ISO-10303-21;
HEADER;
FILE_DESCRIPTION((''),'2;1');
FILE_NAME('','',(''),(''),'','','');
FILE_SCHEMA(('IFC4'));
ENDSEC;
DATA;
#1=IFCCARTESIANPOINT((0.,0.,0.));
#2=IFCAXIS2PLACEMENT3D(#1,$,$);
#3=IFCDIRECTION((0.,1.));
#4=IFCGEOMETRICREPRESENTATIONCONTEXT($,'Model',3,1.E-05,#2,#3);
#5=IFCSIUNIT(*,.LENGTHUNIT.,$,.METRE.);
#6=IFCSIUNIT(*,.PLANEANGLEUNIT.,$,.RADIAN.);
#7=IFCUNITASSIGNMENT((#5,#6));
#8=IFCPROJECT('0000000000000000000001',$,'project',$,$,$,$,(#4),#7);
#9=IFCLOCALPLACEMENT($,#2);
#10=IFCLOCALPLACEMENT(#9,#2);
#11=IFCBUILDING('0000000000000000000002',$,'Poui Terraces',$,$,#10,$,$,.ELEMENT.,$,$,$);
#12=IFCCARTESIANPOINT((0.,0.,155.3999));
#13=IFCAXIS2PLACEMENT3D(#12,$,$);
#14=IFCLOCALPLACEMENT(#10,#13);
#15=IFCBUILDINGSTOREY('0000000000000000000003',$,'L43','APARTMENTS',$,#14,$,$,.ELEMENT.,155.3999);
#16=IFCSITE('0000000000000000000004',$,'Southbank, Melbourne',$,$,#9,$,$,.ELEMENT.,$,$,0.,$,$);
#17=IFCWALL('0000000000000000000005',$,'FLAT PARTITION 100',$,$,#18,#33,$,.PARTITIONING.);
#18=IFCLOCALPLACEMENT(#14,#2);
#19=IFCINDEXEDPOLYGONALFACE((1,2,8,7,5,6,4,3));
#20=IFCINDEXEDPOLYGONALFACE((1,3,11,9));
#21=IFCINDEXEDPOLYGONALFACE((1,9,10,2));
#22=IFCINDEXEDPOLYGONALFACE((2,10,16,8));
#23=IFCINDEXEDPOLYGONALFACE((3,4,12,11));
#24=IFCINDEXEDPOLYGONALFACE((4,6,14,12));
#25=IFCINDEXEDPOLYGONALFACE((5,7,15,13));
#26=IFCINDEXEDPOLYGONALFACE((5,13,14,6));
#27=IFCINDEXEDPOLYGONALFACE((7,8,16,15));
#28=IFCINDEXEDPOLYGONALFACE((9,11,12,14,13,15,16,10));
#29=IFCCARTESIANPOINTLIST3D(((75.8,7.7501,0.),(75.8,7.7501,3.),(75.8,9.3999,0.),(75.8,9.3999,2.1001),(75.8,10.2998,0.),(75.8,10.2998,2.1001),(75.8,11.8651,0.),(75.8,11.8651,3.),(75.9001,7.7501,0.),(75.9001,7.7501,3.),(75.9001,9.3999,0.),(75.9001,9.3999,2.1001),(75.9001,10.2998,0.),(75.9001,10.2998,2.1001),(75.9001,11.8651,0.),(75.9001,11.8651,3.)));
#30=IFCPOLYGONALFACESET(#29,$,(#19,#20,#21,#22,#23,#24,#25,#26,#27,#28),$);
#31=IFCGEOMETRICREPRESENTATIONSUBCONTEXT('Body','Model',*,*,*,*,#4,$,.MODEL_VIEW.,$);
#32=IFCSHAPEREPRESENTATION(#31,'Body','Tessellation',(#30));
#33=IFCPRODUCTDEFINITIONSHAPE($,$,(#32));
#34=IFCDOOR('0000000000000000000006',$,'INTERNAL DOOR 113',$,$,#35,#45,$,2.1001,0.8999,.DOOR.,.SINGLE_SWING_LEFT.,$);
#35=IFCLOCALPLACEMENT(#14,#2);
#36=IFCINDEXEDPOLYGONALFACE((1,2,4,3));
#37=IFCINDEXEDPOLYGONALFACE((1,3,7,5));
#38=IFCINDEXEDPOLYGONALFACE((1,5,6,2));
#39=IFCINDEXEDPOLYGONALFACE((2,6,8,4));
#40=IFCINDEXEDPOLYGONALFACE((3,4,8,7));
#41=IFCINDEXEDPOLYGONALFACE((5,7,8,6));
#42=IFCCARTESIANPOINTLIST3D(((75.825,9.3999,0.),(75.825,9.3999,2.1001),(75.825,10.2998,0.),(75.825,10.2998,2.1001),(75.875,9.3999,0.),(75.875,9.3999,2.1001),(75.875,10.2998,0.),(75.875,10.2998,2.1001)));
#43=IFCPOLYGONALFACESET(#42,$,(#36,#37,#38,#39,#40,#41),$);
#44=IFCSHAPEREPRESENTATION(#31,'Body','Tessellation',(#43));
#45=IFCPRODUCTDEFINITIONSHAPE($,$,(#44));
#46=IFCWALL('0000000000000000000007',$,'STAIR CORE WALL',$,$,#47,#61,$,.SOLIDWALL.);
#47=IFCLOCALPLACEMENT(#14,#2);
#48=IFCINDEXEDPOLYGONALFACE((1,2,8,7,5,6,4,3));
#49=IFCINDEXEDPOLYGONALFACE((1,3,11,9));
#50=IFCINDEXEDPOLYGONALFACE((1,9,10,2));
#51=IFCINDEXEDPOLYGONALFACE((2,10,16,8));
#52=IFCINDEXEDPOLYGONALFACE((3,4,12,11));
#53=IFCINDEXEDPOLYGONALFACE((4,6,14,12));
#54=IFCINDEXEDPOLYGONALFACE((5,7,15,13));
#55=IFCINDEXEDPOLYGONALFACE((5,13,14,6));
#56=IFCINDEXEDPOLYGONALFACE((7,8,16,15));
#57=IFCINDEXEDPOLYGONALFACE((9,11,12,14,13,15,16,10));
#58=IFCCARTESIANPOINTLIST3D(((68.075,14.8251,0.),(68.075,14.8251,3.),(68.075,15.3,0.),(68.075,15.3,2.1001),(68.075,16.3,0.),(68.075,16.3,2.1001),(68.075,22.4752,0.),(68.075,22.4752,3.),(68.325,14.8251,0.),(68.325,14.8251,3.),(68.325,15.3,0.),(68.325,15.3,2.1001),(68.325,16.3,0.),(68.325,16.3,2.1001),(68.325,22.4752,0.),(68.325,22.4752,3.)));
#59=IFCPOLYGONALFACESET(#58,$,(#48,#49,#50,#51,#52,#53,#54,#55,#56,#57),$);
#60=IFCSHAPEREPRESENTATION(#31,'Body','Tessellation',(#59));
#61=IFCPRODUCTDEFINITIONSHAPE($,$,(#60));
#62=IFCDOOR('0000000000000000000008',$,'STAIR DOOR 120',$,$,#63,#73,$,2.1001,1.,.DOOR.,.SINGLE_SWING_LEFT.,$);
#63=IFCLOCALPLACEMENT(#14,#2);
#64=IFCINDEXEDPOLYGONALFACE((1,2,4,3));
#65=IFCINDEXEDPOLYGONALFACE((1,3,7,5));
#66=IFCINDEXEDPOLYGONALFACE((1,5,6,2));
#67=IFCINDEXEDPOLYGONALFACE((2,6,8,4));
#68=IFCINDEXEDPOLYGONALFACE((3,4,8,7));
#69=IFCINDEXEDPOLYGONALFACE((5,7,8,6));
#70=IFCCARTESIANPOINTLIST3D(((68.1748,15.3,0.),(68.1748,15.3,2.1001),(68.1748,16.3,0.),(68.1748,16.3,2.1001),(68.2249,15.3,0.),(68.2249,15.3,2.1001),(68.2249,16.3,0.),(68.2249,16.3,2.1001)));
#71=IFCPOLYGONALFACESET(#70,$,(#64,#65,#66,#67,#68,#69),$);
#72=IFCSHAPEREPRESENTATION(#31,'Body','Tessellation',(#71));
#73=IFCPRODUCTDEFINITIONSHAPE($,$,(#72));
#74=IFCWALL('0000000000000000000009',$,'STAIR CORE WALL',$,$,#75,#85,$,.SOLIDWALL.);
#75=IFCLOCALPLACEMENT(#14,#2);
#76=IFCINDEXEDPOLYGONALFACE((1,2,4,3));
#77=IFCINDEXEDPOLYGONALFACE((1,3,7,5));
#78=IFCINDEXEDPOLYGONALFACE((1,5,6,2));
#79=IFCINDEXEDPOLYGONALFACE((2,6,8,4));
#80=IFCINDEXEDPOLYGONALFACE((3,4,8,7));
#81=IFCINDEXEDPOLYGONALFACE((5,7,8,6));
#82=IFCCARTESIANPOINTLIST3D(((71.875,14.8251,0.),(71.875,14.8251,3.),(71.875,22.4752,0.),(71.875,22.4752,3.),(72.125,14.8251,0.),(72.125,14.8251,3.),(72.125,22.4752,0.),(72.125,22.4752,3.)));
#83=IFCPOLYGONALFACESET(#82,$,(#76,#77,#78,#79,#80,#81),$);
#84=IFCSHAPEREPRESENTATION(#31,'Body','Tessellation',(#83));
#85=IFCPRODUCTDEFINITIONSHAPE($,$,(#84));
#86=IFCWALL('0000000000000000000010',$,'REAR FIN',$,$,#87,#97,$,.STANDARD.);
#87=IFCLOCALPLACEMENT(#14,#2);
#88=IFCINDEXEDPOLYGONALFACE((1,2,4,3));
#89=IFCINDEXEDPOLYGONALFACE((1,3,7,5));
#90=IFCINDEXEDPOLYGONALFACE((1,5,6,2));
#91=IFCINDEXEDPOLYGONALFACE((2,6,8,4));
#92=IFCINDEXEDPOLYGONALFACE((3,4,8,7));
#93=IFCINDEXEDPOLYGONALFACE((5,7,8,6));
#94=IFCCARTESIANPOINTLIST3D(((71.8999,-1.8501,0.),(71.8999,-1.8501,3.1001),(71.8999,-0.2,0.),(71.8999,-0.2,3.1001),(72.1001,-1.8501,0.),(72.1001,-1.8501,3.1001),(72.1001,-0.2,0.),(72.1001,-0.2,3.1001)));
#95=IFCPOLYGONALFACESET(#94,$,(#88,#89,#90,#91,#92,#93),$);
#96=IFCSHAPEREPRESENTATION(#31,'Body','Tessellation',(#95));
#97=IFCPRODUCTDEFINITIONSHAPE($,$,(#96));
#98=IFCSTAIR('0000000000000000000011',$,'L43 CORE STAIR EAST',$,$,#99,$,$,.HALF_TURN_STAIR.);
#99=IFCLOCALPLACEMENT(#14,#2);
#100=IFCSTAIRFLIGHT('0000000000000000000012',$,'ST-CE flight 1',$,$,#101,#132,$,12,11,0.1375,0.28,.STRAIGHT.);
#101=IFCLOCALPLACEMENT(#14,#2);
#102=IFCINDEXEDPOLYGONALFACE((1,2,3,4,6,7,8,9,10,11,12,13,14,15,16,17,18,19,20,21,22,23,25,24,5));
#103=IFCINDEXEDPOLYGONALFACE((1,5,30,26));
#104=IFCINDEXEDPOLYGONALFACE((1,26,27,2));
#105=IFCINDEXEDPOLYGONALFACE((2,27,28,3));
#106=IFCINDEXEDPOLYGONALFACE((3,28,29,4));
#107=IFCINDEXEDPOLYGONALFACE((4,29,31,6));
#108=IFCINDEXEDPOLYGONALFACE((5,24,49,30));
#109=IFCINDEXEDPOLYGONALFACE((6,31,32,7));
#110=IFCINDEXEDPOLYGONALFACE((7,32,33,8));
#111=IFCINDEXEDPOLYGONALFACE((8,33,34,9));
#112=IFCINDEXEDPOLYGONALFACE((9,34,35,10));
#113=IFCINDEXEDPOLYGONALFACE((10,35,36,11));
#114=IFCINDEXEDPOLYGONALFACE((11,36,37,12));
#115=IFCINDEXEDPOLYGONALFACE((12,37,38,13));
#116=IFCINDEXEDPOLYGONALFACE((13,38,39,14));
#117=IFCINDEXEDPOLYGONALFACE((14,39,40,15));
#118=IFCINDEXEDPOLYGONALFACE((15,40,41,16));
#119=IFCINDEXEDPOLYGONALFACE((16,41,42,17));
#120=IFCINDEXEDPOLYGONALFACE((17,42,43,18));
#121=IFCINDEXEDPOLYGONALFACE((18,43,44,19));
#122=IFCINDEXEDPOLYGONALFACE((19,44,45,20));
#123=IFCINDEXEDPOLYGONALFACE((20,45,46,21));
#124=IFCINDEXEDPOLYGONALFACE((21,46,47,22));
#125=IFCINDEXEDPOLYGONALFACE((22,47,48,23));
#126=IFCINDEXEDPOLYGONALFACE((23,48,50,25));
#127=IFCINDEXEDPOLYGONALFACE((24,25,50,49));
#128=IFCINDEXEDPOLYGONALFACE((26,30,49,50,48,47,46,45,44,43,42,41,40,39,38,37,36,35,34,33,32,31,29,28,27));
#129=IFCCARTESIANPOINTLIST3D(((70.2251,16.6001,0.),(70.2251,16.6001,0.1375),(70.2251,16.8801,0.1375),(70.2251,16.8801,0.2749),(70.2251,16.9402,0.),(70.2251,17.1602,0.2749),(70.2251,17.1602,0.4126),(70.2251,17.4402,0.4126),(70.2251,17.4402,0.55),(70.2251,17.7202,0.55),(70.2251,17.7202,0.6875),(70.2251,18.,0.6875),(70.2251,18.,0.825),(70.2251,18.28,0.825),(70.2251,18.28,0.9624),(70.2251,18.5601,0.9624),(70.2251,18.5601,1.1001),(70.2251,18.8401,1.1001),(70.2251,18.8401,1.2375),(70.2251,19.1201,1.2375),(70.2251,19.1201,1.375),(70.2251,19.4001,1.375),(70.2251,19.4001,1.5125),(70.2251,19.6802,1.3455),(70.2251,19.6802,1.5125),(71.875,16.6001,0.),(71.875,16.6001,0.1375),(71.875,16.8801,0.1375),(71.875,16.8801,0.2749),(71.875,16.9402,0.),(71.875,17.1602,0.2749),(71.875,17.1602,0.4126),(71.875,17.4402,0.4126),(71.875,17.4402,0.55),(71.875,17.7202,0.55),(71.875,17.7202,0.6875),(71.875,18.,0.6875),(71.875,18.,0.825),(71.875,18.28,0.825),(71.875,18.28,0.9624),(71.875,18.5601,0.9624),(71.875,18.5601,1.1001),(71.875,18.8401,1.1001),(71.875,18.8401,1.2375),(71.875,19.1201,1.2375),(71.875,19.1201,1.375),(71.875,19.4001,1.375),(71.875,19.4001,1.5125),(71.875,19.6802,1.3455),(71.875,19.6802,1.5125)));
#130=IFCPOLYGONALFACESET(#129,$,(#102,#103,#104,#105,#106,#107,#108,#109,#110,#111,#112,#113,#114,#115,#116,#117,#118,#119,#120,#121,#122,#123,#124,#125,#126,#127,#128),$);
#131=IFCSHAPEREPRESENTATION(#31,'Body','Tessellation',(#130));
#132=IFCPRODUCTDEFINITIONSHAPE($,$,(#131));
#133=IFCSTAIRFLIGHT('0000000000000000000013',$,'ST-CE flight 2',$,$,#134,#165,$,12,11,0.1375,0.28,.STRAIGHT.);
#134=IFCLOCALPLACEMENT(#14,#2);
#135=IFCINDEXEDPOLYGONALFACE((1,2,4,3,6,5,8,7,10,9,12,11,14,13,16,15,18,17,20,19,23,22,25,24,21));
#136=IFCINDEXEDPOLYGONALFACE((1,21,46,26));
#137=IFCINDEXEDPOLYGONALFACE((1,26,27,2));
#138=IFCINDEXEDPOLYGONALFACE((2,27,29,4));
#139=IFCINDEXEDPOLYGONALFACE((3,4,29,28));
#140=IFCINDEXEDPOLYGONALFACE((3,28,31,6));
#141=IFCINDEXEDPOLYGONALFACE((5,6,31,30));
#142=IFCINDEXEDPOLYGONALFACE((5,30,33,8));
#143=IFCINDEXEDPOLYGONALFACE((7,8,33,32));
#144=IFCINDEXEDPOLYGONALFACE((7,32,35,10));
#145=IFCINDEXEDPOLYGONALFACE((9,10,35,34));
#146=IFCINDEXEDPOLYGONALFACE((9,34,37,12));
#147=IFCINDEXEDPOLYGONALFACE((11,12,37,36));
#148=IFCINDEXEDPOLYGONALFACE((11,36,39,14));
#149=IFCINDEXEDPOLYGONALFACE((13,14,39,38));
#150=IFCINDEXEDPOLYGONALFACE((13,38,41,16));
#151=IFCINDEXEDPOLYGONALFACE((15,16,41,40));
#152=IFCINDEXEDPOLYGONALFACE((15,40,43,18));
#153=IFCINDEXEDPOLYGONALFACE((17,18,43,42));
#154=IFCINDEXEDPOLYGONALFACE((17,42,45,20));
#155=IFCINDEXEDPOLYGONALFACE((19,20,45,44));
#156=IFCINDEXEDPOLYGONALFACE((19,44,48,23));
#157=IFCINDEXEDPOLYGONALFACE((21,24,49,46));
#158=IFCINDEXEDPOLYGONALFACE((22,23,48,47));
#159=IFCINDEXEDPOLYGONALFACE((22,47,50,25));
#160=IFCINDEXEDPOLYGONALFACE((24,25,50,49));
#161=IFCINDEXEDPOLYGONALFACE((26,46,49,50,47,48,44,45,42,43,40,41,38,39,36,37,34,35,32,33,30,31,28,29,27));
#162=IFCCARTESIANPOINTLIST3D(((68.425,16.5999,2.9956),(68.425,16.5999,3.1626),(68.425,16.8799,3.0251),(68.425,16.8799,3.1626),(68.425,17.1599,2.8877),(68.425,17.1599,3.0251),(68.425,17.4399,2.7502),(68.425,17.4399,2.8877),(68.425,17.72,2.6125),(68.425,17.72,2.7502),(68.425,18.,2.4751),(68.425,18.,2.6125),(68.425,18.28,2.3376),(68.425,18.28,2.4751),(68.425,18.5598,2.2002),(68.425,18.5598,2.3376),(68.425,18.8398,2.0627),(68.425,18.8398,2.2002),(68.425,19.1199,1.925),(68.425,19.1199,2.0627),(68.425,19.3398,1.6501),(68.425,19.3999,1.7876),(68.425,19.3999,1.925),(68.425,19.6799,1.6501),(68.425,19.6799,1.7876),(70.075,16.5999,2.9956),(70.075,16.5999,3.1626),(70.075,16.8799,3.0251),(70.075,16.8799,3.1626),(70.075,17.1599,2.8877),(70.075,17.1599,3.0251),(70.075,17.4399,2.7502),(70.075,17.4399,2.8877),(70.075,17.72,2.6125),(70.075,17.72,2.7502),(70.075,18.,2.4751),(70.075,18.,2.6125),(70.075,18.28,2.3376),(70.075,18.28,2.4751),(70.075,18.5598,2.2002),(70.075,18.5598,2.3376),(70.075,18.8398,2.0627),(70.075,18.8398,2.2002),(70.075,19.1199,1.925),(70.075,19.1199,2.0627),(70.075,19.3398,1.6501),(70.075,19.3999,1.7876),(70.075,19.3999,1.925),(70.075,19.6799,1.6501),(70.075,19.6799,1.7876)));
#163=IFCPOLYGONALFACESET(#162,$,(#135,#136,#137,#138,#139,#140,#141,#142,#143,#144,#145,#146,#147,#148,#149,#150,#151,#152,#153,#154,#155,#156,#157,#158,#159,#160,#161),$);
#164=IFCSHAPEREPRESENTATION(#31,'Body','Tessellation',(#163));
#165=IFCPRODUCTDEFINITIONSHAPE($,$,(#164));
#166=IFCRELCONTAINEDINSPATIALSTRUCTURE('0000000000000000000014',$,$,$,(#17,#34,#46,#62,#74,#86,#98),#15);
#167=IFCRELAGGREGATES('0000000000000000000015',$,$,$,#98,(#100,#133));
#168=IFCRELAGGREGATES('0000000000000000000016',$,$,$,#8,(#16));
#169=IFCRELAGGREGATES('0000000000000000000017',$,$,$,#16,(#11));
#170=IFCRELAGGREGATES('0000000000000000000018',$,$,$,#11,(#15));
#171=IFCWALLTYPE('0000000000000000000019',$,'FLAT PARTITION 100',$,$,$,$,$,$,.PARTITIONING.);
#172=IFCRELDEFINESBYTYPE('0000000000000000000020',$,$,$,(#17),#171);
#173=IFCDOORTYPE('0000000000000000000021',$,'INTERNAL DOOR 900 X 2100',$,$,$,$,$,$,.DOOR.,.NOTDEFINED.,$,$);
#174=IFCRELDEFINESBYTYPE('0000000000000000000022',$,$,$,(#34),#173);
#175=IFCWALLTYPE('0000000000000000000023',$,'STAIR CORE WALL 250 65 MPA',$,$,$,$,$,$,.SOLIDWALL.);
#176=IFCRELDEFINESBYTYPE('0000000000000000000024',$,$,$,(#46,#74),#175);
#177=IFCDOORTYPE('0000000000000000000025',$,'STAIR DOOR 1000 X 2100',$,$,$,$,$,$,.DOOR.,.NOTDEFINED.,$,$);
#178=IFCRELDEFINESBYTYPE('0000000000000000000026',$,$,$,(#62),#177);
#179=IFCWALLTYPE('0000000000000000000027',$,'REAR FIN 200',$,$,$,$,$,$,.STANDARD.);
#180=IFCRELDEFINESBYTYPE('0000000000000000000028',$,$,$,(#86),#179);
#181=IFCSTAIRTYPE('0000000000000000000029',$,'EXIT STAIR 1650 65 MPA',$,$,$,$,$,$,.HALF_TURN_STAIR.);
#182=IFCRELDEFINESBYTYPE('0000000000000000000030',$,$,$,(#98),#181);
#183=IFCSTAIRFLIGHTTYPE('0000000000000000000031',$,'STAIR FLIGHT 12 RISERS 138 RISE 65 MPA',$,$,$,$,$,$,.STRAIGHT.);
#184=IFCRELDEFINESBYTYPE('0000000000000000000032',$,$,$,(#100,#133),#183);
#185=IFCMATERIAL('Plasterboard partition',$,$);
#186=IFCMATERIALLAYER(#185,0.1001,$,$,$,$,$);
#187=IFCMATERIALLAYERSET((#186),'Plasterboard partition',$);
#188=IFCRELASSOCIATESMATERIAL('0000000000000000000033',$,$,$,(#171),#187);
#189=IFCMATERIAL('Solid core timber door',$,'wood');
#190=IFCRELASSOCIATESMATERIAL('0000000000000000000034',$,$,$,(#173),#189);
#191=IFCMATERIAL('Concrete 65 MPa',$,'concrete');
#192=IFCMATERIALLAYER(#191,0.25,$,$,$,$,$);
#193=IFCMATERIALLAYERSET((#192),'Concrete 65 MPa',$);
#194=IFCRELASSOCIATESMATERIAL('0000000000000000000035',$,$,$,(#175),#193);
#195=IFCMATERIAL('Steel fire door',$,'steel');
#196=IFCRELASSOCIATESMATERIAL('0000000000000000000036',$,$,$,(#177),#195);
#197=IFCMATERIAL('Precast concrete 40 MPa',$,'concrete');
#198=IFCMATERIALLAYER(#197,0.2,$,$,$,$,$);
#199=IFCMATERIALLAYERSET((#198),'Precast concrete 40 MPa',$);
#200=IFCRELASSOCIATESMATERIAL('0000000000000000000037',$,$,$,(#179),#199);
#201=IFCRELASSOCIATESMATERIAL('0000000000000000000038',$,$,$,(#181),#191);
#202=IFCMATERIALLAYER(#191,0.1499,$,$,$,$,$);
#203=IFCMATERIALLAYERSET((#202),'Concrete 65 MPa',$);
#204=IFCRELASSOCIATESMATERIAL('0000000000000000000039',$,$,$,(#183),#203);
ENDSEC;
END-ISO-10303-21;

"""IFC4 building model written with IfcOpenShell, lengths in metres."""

from ifc_helpers import new_model, si_unit, direction, frame, frame_2d, origin, place, context, subcontext, project, spatial, polyline, rectangle, outline, extrude, source, transform, mapped, material, layer, layer_set, type_object, element, fill, aggregate, save


model = new_model("IFC4")

# Units and contexts
model_context = context("Model", 3, precision=1e-05, world=origin(), true_north=direction((0.0, 1.0)))
body_context = subcontext(model_context, "Body", "Model", "MODEL_VIEW")
ifc_project = project(units=[si_unit("LENGTHUNIT", "METRE"), si_unit("PLANEANGLEUNIT", "RADIAN")], contexts=[model_context])

# Site, building, storey
site_placement = place(None, origin())
site = spatial("IfcSite", under=ifc_project, at=site_placement, Name="Southbank, Melbourne", CompositionType="ELEMENT", RefElevation=0.0)
building_placement = place(site_placement, origin())
building = spatial("IfcBuilding", under=site, at=building_placement, Name="Poui Terraces", CompositionType="ELEMENT")
storey_placement = place(building_placement, frame((0.0, 0.0, 155.3999)))
storey = spatial("IfcBuildingStorey", under=building, at=storey_placement, Name="L43", Description="APARTMENTS", CompositionType="ELEMENT", Elevation=155.3999)

# Shared definitions
ifc_material_1 = material(Name="Concrete 65 MPa", Category="concrete")

# Shared definitions
ifc_material_2 = material(Name="Precast concrete 40 MPa", Category="concrete")

# Shared definitions
ifc_material_3 = material(Name="Steel fire door", Category="steel")

# Shared definitions
ifc_material_4 = material(Name="Plasterboard partition")
ifc_layer_1 = layer(ifc_material_4, 0.1001)
ifc_layer_set_1 = layer_set([ifc_layer_1], Name="Plasterboard partition")
wall_type_1 = type_object("IfcWallType", Name="FLAT PARTITION 100", PredefinedType="PARTITIONING", material=ifc_layer_set_1)

# Walls, openings, doors
ifc_material_5 = material(Name="Solid core timber door", Category="wood")
door_type_1 = type_object("IfcDoorType", Name="INTERNAL DOOR 900 X 2100", OperationType="NOTDEFINED", PredefinedType="DOOR", material=ifc_material_5)
wall_1_placement = place(storey_placement, frame((75.8501, 7.75, 0.0), z_axis=(0.0, 0.0, 1.0), x_axis=(0.0, 1.0, 0.0)))
wall_1 = element("IfcWall", 1, at=wall_1_placement, inside=storey, type_object=wall_type_1, Name="FLAT PARTITION 100", PredefinedType="PARTITIONING", context=body_context, shape_type="SweptSolid", body=[
    extrude(rectangle(XDim=4.115, YDim=0.1001, at=frame_2d((2.0576, 0.0))), origin(), (0.0, 0.0, 1.0), 3.0),
])
opening_1_placement = place(wall_1_placement, frame((1.6499, 0.0, 0.0)))
opening_1 = element("IfcOpeningElement", 2, at=opening_1_placement, cuts=wall_1, PredefinedType="OPENING", context=body_context, shape_type="SweptSolid", body=[
    extrude(rectangle(XDim=0.8999, YDim=2.1001, at=frame_2d((0.45, 1.05))), frame((0.0, 0.0601, 0.0), z_axis=(0.0, -1.0, 0.0), x_axis=(1.0, 0.0, 0.0)), (0.0, 0.0, 1.0), 0.1201),
])
door_1_placement = place(opening_1_placement, frame((0.8999, 0.0, 0.0), z_axis=(0.0, 0.0, 1.0), x_axis=(-1.0, 0.0, 0.0)))
door_1 = element("IfcDoor", 3, at=door_1_placement, inside=storey, type_object=door_type_1, Name="INTERNAL DOOR 113", OperationType="SINGLE_SWING_LEFT", OverallHeight=2.1001, OverallWidth=0.8999, PredefinedType="DOOR", context=body_context, shape_type="SweptSolid", body=[
    extrude(rectangle(XDim=0.8999, YDim=2.1001, at=frame_2d((0.45, 1.05))), frame((0.0, 0.0249, 0.0), z_axis=(0.0, -1.0, 0.0), x_axis=(1.0, 0.0, 0.0)), (0.0, 0.0, 1.0), 0.05),
])
fill(opening_1, door_1)
ifc_layer_2 = layer(ifc_material_1, 0.25)
ifc_layer_set_2 = layer_set([ifc_layer_2], Name="Concrete 65 MPa")
wall_type_2 = type_object("IfcWallType", Name="STAIR CORE WALL 250 65 MPA", PredefinedType="SOLIDWALL", material=ifc_layer_set_2)
wall_2_placement = place(storey_placement, frame((68.2, 14.825, 0.0), z_axis=(0.0, 0.0, 1.0), x_axis=(0.0, 1.0, 0.0)))
wall_2 = element("IfcWall", 4, at=wall_2_placement, inside=storey, type_object=wall_type_2, Name="STAIR CORE WALL", PredefinedType="SOLIDWALL", context=body_context, shape_type="SweptSolid", body=[
    extrude(rectangle(XDim=7.6501, YDim=0.25, at=frame_2d((3.8252, 0.0))), origin(), (0.0, 0.0, 1.0), 3.0),
])
opening_2_placement = place(wall_2_placement, frame((0.4751, 0.0, 0.0)))
opening_2 = element("IfcOpeningElement", 5, at=opening_2_placement, cuts=wall_2, PredefinedType="OPENING", context=body_context, shape_type="SweptSolid", body=[
    extrude(rectangle(XDim=1.0, YDim=2.1001, at=frame_2d((0.5, 1.05))), frame((0.0, 0.135, 0.0), z_axis=(0.0, -1.0, 0.0), x_axis=(1.0, 0.0, 0.0)), (0.0, 0.0, 1.0), 0.27),
])
door_type_2 = type_object("IfcDoorType", Name="STAIR DOOR 1000 X 2100", OperationType="NOTDEFINED", PredefinedType="DOOR", material=ifc_material_3)
door_2_placement = place(opening_2_placement, frame((1.0, 0.0, 0.0), z_axis=(0.0, 0.0, 1.0), x_axis=(-1.0, 0.0, 0.0)))
door_2 = element("IfcDoor", 6, at=door_2_placement, inside=storey, type_object=door_type_2, Name="STAIR DOOR 120", OperationType="SINGLE_SWING_LEFT", OverallHeight=2.1001, OverallWidth=1.0, PredefinedType="DOOR", context=body_context, shape_type="SweptSolid", body=[
    extrude(rectangle(XDim=1.0, YDim=2.1001, at=frame_2d((0.5, 1.05))), frame((0.0, 0.0249, 0.0), z_axis=(0.0, -1.0, 0.0), x_axis=(1.0, 0.0, 0.0)), (0.0, 0.0, 1.0), 0.05),
])
fill(opening_2, door_2)

# Walls
wall_3_placement = place(storey_placement, frame((72.0, 14.825, 0.0), z_axis=(0.0, 0.0, 1.0), x_axis=(0.0, 1.0, 0.0)))
element("IfcWall", 7, at=wall_3_placement, inside=storey, type_object=wall_type_2, Name="STAIR CORE WALL", PredefinedType="SOLIDWALL", context=body_context, shape_type="SweptSolid", body=[
    extrude(rectangle(XDim=7.6501, YDim=0.25, at=frame_2d((3.8252, 0.0))), origin(), (0.0, 0.0, 1.0), 3.0),
])
ifc_layer_3 = layer(ifc_material_2, 0.2)
ifc_layer_set_3 = layer_set([ifc_layer_3], Name="Precast concrete 40 MPa")
wall_type_3 = type_object("IfcWallType", Name="REAR FIN 200", PredefinedType="STANDARD", material=ifc_layer_set_3)
shared_shape_1 = source(origin(), body_context, "Body", "SweptSolid", [
    extrude(outline(polyline([(0.0, 0.0), (0.2002, 0.0), (0.2002, 1.6501), (0.0, 1.6501), (0.0, 0.0)])), origin(), (0.0, 0.0, 1.0), 3.1001),
])
wall_4_placement = place(storey_placement, frame((71.8999, -1.8501, 0.0)))
element("IfcWall", 8, at=wall_4_placement, inside=storey, type_object=wall_type_3, Name="REAR FIN", PredefinedType="STANDARD", context=body_context, shape_type="MappedRepresentation", body=[
    mapped(shared_shape_1, transform((0.0, 0.0, 0.0))),
])

# Stair, stair flights
stair_type = type_object("IfcStairType", Name="EXIT STAIR 1650 65 MPA", PredefinedType="HALF_TURN_STAIR", material=ifc_material_1)
stair_placement = place(storey_placement, origin())
stair = element("IfcStair", 9, at=stair_placement, inside=storey, type_object=stair_type, Name="L43 CORE STAIR EAST", PredefinedType="HALF_TURN_STAIR")
ifc_layer_4 = layer(ifc_material_1, 0.1499)
ifc_layer_set_4 = layer_set([ifc_layer_4], Name="Concrete 65 MPa")
stair_flight_type = type_object("IfcStairFlightType", Name="STAIR FLIGHT 12 RISERS 138 RISE 65 MPA", PredefinedType="STRAIGHT", material=ifc_layer_set_4)
stair_flight_1_placement = place(storey_placement, frame((71.05, 16.6001, 0.0), z_axis=(0.0, 0.0, 1.0), x_axis=(0.0, 1.0, 0.0)))
stair_flight_1 = element("IfcStairFlight", 10, at=stair_flight_1_placement, type_object=stair_flight_type, Name="ST-CE flight 1", NumberOfRisers=12, NumberOfTreads=11, PredefinedType="STRAIGHT", RiserHeight=0.1375, TreadLength=0.28, context=body_context, shape_type="SweptSolid", body=[
    extrude(outline(polyline([(0.0, 0.0), (0.0, 0.1375), (0.28, 0.1375), (0.28, 0.2749), (0.5601, 0.2749), (0.5601, 0.4126), (0.8401, 0.4126), (0.8401, 0.55), (1.1201, 0.55), (1.1201, 0.6875), (1.3999, 0.6875), (1.3999, 0.825), (1.6799, 0.825), (1.6799, 0.9624), (1.96, 0.9624), (1.96, 1.1001), (2.24, 1.1001), (2.24, 1.2375), (2.52, 1.2375), (2.52, 1.375), (2.8, 1.375), (2.8, 1.5125), (3.0801, 1.5125), (3.0801, 1.6499), (3.0801, 1.3455), (0.3401, 0.0), (0.0, 0.0)])), frame((0.0, 0.825, 0.0), z_axis=(0.0, -1.0, 0.0), x_axis=(1.0, 0.0, 0.0)), (0.0, 0.0, 1.0), 1.6499),
])
stair_flight_2_placement = place(storey_placement, frame((69.25, 19.6799, 1.6501), z_axis=(0.0, 0.0, 1.0), x_axis=(0.0, -1.0, 0.0)))
stair_flight_2 = element("IfcStairFlight", 11, at=stair_flight_2_placement, type_object=stair_flight_type, Name="ST-CE flight 2", NumberOfRisers=12, NumberOfTreads=11, PredefinedType="STRAIGHT", RiserHeight=0.1375, TreadLength=0.28, context=body_context, shape_type="SweptSolid", body=[
    extrude(outline(polyline([(0.0, 0.0), (0.0, 0.1375), (0.28, 0.1375), (0.28, 0.2749), (0.5601, 0.2749), (0.5601, 0.4126), (0.8401, 0.4126), (0.8401, 0.55), (1.1201, 0.55), (1.1201, 0.6875), (1.3999, 0.6875), (1.3999, 0.825), (1.6799, 0.825), (1.6799, 0.9624), (1.96, 0.9624), (1.96, 1.1001), (2.24, 1.1001), (2.24, 1.2375), (2.52, 1.2375), (2.52, 1.375), (2.8, 1.375), (2.8, 1.5125), (3.0801, 1.5125), (3.0801, 1.6499), (3.0801, 1.3455), (0.3401, 0.0), (0.0, 0.0)])), frame((0.0, 0.825, 0.0), z_axis=(0.0, -1.0, 0.0), x_axis=(1.0, 0.0, 0.0)), (0.0, 0.0, 1.0), 1.6499),
])
aggregate(stair, [stair_flight_1, stair_flight_2])

save(model, "model.ifc")
